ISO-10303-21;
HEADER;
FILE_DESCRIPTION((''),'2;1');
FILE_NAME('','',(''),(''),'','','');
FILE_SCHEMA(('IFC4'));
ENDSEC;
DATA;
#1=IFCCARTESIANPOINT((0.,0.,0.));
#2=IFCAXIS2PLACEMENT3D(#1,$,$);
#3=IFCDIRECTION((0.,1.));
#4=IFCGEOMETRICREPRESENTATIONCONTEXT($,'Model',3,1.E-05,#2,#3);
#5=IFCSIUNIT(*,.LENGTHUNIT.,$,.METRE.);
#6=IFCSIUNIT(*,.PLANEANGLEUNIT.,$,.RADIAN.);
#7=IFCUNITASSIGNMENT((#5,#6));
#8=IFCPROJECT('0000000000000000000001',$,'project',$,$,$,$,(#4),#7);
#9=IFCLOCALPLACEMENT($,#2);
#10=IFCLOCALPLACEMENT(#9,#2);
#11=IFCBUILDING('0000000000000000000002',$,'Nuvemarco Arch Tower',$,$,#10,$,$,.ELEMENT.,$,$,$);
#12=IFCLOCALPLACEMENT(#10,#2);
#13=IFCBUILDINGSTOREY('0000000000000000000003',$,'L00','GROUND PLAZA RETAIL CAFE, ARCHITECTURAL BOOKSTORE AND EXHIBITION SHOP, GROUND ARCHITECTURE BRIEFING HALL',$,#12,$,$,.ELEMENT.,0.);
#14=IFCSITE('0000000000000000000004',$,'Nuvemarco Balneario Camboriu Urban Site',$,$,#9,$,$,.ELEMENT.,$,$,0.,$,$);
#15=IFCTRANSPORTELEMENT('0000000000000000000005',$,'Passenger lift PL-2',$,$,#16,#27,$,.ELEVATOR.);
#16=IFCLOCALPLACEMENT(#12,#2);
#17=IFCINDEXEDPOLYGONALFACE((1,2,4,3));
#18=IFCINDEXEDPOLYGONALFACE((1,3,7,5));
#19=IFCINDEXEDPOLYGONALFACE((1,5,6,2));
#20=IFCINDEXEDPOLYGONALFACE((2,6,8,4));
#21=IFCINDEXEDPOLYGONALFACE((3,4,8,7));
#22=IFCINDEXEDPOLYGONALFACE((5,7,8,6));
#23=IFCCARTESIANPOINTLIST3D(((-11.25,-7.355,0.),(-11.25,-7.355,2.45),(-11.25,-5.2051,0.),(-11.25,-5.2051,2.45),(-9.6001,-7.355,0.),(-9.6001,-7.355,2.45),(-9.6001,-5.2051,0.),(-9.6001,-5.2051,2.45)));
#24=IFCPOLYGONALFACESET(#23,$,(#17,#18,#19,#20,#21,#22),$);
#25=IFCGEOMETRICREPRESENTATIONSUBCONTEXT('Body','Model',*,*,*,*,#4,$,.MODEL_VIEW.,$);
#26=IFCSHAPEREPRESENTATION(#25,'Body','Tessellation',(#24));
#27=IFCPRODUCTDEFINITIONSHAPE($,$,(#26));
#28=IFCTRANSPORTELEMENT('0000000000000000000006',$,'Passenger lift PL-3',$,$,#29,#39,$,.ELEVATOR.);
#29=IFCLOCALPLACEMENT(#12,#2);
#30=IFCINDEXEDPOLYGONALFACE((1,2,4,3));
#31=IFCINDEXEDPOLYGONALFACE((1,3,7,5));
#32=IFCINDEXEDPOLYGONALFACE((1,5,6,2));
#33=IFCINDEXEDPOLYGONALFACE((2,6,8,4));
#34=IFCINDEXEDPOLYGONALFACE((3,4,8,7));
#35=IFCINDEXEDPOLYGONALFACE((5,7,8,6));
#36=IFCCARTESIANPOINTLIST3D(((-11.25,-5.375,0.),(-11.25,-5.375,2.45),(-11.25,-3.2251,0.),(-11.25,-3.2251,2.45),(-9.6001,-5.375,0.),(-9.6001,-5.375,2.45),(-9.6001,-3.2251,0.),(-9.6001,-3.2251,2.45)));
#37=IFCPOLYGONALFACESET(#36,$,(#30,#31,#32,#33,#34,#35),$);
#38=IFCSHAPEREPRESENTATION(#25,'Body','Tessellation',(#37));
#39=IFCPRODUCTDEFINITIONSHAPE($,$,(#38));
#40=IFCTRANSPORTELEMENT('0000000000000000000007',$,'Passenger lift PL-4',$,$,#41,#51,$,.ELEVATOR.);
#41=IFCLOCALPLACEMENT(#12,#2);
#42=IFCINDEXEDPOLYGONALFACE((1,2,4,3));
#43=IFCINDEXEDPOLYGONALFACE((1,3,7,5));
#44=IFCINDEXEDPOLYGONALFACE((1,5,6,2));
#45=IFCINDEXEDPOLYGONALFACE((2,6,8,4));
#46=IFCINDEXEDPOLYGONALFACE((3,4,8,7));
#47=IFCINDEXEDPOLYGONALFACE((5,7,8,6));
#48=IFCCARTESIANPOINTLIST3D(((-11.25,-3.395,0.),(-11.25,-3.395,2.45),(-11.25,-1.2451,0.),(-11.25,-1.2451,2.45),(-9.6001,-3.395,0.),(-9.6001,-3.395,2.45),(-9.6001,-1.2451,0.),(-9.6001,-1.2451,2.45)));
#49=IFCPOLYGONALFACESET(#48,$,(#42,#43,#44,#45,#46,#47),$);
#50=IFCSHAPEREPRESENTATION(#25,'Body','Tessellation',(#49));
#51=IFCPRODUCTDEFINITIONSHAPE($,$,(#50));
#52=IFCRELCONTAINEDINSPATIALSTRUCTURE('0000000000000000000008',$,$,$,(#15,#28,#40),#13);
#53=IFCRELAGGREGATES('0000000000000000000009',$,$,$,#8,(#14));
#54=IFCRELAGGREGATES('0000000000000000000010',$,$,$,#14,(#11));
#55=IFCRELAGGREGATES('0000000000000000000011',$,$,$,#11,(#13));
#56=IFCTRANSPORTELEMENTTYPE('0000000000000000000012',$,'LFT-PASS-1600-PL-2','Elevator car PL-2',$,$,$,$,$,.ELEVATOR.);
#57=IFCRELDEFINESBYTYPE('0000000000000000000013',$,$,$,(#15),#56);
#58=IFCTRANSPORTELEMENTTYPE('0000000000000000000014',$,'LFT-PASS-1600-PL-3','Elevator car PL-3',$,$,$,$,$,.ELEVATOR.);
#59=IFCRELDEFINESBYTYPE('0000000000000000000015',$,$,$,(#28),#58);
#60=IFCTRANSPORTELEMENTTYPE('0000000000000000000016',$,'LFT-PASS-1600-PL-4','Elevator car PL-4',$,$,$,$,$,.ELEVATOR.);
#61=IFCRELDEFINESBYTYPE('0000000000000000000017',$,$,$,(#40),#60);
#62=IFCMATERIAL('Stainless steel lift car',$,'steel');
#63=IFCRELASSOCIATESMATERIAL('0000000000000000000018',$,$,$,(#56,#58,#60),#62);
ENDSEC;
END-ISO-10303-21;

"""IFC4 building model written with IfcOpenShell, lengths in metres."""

from ifc_helpers import new_model, si_unit, direction, frame, origin, origin_2d, place, context, subcontext, project, spatial, rectangle, extrude, source, transform, mapped, material, type_object, type_shapes, element, save


model = new_model("IFC4")

# Units and contexts
model_context = context("Model", 3, precision=1e-05, world=origin(), true_north=direction((0.0, 1.0)))
body_context = subcontext(model_context, "Body", "Model", "MODEL_VIEW")
ifc_project = project(units=[si_unit("LENGTHUNIT", "METRE"), si_unit("PLANEANGLEUNIT", "RADIAN")], contexts=[model_context])

# Site, building, storey
site_placement = place(None, origin())
site = spatial("IfcSite", under=ifc_project, at=site_placement, Name="Nuvemarco Balneario Camboriu Urban Site", CompositionType="ELEMENT", RefElevation=0.0)
building_placement = place(site_placement, origin())
building = spatial("IfcBuilding", under=site, at=building_placement, Name="Nuvemarco Arch Tower", CompositionType="ELEMENT")
storey_placement = place(building_placement, origin())
storey = spatial("IfcBuildingStorey", under=building, at=storey_placement, Name="L00", Description="GROUND PLAZA RETAIL CAFE, ARCHITECTURAL BOOKSTORE AND EXHIBITION SHOP, GROUND ARCHITECTURE BRIEFING HALL", CompositionType="ELEMENT", Elevation=0.0)

# Transport elements
ifc_material_1 = material(Name="Stainless steel lift car", Category="steel")
transport_element_type_1 = type_object("IfcTransportElementType", Name="LFT-PASS-1600-PL-2", Description="Elevator car PL-2", PredefinedType="ELEVATOR", material=ifc_material_1)
shared_shape_1 = source(origin(), body_context, "Body", "SweptSolid", [
    extrude(rectangle(XDim=1.6499, YDim=2.1499, at=origin_2d()), origin(), (0.0, 0.0, 1.0), 2.45),
])
type_shapes(transport_element_type_1, [shared_shape_1])
transport_element_1_placement = place(storey_placement, frame((-10.425, -6.28, 0.0), z_axis=(0.0, 0.0, 1.0), x_axis=(1.0, 0.0, 0.0)))
element("IfcTransportElement", 1, at=transport_element_1_placement, inside=storey, type_object=transport_element_type_1, Name="Passenger lift PL-2", PredefinedType="ELEVATOR", context=body_context, shape_type="MappedRepresentation", body=[
    mapped(shared_shape_1, transform((0.0, 0.0, 0.0), scale=1.0)),
])
transport_element_type_2 = type_object("IfcTransportElementType", Name="LFT-PASS-1600-PL-3", Description="Elevator car PL-3", PredefinedType="ELEVATOR", material=ifc_material_1)
shared_shape_2 = source(origin(), body_context, "Body", "SweptSolid", [
    extrude(rectangle(XDim=1.6499, YDim=2.1499, at=origin_2d()), origin(), (0.0, 0.0, 1.0), 2.45),
])
type_shapes(transport_element_type_2, [shared_shape_2])
transport_element_2_placement = place(storey_placement, frame((-10.425, -4.3, 0.0), z_axis=(0.0, 0.0, 1.0), x_axis=(1.0, 0.0, 0.0)))
element("IfcTransportElement", 2, at=transport_element_2_placement, inside=storey, type_object=transport_element_type_2, Name="Passenger lift PL-3", PredefinedType="ELEVATOR", context=body_context, shape_type="MappedRepresentation", body=[
    mapped(shared_shape_2, transform((0.0, 0.0, 0.0), scale=1.0)),
])
transport_element_type_3 = type_object("IfcTransportElementType", Name="LFT-PASS-1600-PL-4", Description="Elevator car PL-4", PredefinedType="ELEVATOR", material=ifc_material_1)
shared_shape_3 = source(origin(), body_context, "Body", "SweptSolid", [
    extrude(rectangle(XDim=1.6499, YDim=2.1499, at=origin_2d()), origin(), (0.0, 0.0, 1.0), 2.45),
])
type_shapes(transport_element_type_3, [shared_shape_3])
transport_element_3_placement = place(storey_placement, frame((-10.425, -2.3201, 0.0), z_axis=(0.0, 0.0, 1.0), x_axis=(1.0, 0.0, 0.0)))
element("IfcTransportElement", 3, at=transport_element_3_placement, inside=storey, type_object=transport_element_type_3, Name="Passenger lift PL-4", PredefinedType="ELEVATOR", context=body_context, shape_type="MappedRepresentation", body=[
    mapped(shared_shape_3, transform((0.0, 0.0, 0.0), scale=1.0)),
])

save(model, "model.ifc")
